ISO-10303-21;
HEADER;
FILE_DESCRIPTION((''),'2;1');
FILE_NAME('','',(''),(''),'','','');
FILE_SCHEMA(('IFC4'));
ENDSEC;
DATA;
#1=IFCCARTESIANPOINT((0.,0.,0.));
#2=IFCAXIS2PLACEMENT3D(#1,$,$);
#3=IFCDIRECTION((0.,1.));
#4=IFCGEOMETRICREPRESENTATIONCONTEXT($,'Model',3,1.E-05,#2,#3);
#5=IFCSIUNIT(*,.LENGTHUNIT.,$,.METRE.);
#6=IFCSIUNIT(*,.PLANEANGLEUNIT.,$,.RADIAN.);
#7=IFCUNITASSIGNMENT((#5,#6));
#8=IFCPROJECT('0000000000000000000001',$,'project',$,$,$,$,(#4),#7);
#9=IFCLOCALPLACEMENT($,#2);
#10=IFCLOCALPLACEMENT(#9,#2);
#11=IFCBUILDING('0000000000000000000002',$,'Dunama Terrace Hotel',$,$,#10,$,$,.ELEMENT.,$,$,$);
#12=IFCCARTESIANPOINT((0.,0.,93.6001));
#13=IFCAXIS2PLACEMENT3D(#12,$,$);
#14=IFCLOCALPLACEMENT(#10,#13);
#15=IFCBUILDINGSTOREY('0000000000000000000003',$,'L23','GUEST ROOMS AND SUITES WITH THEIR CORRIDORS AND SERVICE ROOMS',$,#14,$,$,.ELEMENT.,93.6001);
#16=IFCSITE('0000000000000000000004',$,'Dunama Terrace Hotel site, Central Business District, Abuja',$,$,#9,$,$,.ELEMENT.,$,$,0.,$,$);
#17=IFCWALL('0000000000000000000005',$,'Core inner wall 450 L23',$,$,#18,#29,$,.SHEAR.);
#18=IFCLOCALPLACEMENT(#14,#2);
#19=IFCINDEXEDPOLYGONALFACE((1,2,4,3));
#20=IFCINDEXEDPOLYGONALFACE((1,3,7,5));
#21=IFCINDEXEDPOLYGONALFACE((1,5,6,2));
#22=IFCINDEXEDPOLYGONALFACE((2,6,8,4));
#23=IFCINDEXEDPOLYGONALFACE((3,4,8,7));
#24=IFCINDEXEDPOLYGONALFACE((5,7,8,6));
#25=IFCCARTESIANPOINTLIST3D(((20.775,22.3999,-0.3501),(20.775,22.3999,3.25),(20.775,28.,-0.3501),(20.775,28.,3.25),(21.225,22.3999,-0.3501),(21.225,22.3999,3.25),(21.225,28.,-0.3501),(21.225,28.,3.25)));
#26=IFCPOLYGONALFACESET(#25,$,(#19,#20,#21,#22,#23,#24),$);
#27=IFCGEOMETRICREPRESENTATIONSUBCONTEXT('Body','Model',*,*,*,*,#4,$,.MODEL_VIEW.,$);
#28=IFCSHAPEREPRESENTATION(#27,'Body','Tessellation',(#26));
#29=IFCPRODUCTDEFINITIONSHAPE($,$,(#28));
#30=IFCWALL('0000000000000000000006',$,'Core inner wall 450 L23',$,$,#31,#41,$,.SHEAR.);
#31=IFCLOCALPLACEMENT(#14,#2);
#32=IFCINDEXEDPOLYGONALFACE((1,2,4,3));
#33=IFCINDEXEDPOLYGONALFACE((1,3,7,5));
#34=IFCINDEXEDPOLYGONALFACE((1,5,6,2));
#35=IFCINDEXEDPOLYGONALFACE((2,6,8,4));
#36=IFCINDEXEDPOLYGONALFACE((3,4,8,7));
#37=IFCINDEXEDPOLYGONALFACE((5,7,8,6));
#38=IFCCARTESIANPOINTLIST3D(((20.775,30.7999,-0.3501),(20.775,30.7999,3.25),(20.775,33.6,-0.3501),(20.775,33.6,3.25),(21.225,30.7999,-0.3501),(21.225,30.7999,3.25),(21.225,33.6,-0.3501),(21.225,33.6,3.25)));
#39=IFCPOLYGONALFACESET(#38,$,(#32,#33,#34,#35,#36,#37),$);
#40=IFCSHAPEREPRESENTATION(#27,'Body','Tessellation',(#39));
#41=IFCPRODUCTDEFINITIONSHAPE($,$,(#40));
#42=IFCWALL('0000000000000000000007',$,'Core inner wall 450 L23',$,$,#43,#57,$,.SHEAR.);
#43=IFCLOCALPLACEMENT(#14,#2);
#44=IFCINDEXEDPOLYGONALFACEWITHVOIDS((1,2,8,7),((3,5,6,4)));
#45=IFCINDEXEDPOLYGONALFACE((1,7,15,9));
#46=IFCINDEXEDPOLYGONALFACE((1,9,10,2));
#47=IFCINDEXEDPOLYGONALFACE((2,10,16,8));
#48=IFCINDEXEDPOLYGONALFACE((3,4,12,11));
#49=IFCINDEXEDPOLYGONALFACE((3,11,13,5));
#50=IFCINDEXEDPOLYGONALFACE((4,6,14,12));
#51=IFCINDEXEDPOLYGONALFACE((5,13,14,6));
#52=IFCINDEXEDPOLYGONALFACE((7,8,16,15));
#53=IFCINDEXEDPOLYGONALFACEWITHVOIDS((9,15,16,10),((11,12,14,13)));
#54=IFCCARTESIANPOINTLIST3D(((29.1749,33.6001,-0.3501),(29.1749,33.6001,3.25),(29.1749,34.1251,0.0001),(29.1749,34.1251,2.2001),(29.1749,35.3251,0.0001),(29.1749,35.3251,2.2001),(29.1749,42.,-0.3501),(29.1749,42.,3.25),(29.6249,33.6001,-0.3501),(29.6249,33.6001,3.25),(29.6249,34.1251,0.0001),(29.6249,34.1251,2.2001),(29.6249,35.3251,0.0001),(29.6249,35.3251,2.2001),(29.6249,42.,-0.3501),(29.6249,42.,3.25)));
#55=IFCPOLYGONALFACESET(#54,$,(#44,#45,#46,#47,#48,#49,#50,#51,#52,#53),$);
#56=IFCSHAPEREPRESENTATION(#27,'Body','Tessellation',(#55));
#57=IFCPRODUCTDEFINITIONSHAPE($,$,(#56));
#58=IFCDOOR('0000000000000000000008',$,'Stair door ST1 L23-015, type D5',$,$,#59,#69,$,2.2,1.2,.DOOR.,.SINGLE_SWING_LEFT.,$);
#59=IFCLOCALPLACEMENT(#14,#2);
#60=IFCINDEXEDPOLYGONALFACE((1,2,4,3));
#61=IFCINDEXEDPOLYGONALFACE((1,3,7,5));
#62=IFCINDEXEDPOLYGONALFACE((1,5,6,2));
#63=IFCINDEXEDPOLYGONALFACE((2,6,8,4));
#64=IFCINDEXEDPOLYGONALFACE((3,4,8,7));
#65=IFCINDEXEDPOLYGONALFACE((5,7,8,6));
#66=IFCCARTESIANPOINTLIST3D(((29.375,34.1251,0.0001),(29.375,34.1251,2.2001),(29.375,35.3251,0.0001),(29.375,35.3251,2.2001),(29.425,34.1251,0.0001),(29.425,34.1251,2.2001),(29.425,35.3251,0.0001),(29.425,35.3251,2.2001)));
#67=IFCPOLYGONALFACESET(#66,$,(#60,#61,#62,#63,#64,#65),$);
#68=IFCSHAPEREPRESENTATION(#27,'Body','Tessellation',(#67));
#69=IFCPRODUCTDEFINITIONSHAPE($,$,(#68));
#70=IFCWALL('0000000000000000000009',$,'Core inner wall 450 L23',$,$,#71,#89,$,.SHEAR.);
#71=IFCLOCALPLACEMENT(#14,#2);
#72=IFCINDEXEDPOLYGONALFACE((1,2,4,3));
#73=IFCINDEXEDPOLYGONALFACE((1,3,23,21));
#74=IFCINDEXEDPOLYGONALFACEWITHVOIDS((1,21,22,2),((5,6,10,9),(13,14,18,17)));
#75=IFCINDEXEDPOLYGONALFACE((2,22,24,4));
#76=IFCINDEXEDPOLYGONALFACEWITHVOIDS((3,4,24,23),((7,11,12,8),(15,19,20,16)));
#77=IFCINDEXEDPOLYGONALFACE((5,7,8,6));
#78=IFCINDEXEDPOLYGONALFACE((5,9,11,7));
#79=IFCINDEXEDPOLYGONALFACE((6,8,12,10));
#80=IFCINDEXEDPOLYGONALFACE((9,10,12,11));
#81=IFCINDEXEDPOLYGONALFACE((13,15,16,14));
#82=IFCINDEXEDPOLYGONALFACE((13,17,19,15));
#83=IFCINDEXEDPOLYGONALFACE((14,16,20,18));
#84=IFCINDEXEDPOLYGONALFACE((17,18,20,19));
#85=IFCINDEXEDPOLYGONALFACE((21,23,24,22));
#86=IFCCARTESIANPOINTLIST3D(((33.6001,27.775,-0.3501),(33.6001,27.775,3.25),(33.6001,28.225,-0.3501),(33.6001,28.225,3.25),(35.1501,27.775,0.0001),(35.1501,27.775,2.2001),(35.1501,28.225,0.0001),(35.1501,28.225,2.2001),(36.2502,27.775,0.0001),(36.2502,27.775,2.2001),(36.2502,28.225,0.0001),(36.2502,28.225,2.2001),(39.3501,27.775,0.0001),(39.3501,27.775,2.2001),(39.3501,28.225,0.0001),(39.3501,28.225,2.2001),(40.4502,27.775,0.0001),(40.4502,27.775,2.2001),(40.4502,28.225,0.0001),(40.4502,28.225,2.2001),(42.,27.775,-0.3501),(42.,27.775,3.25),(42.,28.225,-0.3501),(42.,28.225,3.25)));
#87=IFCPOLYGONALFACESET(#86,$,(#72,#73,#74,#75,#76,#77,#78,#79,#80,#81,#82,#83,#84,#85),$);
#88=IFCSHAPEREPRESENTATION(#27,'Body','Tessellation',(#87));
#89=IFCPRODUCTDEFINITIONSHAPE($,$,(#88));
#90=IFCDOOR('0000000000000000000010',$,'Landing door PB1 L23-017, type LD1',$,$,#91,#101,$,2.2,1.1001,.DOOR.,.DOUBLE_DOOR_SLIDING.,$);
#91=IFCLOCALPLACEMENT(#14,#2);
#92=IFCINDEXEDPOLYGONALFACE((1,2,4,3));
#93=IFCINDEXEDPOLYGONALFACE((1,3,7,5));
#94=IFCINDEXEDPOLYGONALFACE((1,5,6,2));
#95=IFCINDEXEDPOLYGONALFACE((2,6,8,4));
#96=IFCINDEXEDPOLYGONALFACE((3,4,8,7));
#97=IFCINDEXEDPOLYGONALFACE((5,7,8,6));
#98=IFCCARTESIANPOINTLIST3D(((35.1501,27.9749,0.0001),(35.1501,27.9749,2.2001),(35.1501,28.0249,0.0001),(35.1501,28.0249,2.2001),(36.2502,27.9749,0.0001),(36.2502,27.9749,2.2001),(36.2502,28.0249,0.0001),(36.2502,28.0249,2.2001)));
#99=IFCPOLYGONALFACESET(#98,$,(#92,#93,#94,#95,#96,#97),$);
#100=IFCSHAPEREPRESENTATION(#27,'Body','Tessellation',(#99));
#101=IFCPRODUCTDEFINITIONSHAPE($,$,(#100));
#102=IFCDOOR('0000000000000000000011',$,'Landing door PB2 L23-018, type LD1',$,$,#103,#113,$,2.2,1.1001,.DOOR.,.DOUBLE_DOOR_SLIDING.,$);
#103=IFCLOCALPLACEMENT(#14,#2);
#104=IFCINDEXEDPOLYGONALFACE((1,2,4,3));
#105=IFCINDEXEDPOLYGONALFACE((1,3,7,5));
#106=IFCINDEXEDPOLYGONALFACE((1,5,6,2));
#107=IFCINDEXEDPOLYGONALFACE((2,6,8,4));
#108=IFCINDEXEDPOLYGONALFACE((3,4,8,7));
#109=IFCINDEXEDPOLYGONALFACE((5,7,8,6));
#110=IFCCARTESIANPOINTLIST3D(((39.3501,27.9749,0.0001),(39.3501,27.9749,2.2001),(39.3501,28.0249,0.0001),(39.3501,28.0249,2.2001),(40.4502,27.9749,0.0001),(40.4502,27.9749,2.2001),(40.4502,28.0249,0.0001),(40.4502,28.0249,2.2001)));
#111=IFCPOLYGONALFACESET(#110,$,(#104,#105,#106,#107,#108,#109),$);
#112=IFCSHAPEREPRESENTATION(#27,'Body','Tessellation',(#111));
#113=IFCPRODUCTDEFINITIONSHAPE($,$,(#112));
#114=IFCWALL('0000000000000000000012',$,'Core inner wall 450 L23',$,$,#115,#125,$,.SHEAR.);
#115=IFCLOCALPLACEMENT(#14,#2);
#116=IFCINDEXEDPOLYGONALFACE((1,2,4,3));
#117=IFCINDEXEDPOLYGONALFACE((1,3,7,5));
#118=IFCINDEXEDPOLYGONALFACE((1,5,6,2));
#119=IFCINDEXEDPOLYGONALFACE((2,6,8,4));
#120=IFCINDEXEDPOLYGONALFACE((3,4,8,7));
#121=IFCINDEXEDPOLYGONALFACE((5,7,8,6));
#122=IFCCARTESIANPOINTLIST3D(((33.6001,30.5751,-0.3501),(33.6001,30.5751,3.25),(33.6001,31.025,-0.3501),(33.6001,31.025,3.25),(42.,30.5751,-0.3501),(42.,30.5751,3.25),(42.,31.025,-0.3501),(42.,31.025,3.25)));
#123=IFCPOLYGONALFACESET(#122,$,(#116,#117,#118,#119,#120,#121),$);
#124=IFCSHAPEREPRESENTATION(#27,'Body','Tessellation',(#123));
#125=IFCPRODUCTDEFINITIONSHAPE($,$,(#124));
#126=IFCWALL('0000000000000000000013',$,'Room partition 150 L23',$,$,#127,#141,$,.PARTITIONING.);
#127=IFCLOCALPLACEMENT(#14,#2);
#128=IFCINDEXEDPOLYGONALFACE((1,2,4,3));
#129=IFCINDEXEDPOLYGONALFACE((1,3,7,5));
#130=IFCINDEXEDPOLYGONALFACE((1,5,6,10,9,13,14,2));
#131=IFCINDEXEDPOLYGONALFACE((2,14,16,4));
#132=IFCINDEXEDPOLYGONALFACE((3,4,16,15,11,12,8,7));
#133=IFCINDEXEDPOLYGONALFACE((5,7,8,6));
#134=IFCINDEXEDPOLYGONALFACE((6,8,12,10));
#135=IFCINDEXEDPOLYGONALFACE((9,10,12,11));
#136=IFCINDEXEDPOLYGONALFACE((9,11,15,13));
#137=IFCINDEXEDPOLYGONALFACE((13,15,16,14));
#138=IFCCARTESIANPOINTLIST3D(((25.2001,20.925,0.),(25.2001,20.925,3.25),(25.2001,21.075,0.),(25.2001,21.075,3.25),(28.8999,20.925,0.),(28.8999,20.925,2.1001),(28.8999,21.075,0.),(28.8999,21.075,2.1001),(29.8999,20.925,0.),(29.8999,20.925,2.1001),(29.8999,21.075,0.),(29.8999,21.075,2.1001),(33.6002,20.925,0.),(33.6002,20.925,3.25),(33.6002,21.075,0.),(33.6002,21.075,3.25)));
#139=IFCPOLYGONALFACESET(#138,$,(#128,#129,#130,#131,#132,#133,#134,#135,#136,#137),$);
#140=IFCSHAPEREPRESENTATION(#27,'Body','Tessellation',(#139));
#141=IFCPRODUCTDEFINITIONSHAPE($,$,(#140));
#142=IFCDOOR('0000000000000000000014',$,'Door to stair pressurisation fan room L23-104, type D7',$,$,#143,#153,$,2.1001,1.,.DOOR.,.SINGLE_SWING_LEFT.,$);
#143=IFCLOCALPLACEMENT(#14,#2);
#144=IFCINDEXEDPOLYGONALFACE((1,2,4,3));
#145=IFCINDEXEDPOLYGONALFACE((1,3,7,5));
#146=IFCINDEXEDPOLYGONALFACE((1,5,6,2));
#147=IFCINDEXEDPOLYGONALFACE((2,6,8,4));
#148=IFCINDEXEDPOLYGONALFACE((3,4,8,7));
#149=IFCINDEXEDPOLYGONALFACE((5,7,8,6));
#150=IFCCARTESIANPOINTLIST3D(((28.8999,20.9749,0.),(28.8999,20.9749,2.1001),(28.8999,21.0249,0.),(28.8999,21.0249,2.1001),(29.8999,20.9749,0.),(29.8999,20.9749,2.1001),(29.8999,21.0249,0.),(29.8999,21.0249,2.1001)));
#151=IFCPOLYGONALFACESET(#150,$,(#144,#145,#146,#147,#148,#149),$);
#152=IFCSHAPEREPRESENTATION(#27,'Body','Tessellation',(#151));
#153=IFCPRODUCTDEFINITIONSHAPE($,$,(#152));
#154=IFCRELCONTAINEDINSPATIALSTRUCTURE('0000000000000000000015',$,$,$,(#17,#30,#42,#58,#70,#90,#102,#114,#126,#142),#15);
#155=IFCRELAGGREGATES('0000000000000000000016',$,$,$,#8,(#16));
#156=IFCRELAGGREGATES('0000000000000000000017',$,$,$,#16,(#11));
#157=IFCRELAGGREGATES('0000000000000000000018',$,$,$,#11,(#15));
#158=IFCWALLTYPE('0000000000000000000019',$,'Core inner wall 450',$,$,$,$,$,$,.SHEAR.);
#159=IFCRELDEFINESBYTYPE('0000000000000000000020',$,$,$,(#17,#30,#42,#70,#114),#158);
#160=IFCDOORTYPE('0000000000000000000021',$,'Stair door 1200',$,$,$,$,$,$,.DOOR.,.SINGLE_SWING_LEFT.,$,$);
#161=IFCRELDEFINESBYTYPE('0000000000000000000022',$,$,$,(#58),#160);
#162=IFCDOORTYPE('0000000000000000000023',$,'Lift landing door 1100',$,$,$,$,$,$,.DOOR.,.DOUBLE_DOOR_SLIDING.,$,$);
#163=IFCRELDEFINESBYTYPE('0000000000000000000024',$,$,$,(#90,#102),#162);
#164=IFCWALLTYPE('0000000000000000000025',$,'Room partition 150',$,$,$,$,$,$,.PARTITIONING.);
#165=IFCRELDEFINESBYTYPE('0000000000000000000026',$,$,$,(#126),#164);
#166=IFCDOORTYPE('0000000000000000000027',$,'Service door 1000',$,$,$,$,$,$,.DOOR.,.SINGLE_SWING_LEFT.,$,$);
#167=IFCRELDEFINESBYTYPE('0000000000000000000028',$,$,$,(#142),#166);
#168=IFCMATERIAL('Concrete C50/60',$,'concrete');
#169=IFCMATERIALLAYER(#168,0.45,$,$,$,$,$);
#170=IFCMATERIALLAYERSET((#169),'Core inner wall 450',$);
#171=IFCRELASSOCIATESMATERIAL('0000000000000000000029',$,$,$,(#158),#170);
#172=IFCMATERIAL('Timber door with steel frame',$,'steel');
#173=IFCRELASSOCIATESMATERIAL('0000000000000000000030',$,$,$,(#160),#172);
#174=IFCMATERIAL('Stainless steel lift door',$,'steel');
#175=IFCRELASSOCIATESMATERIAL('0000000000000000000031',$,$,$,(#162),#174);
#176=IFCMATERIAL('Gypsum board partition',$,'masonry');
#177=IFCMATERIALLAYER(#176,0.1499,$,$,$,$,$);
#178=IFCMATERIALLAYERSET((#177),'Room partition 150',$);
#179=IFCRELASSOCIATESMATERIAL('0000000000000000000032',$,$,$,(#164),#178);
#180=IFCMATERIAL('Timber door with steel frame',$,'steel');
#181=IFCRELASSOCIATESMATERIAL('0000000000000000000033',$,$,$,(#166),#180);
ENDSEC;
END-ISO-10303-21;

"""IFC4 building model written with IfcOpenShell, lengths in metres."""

from ifc_helpers import new_model, si_unit, direction, frame, frame_2d, origin, place, context, subcontext, project, spatial, rectangle, extrude, material, layer, layer_set, type_object, element, fill, save


model = new_model("IFC4")

# Units and contexts
model_context = context("Model", 3, precision=1e-05, world=origin(), true_north=direction((0.0, 1.0)))
body_context = subcontext(model_context, "Body", "Model", "MODEL_VIEW")
ifc_project = project(units=[si_unit("LENGTHUNIT", "METRE"), si_unit("PLANEANGLEUNIT", "RADIAN")], contexts=[model_context])

# Site, building, storey
site_placement = place(None, origin())
site = spatial("IfcSite", under=ifc_project, at=site_placement, Name="Dunama Terrace Hotel site, Central Business District, Abuja", CompositionType="ELEMENT", RefElevation=0.0)
building_placement = place(site_placement, origin())
building = spatial("IfcBuilding", under=site, at=building_placement, Name="Dunama Terrace Hotel", CompositionType="ELEMENT")
storey_placement = place(building_placement, frame((0.0, 0.0, 93.6001)))
storey = spatial("IfcBuildingStorey", under=building, at=storey_placement, Name="L23", Description="GUEST ROOMS AND SUITES WITH THEIR CORRIDORS AND SERVICE ROOMS", CompositionType="ELEMENT", Elevation=93.6001)

# Walls
ifc_material_1 = material(Name="Concrete C50/60", Category="concrete")
ifc_layer_1 = layer(ifc_material_1, 0.45)
ifc_layer_set_1 = layer_set([ifc_layer_1], Name="Core inner wall 450")
wall_type_1 = type_object("IfcWallType", Name="Core inner wall 450", PredefinedType="SHEAR", material=ifc_layer_set_1)
wall_1_placement = place(storey_placement, frame((21.0, 22.3999, -0.3501), z_axis=(0.0, 0.0, 1.0), x_axis=(0.0, 1.0, 0.0)))
element("IfcWall", 1, at=wall_1_placement, inside=storey, type_object=wall_type_1, Name="Core inner wall 450 L23", PredefinedType="SHEAR", context=body_context, shape_type="SweptSolid", body=[
    extrude(rectangle(XDim=5.6001, YDim=0.45, at=frame_2d((2.8, 0.0))), origin(), (0.0, 0.0, 1.0), 3.6001),
])
wall_2_placement = place(storey_placement, frame((21.0, 30.8, -0.3501), z_axis=(0.0, 0.0, 1.0), x_axis=(0.0, 1.0, 0.0)))
element("IfcWall", 2, at=wall_2_placement, inside=storey, type_object=wall_type_1, Name="Core inner wall 450 L23", PredefinedType="SHEAR", context=body_context, shape_type="SweptSolid", body=[
    extrude(rectangle(XDim=2.8, YDim=0.45, at=frame_2d((1.3999, 0.0))), origin(), (0.0, 0.0, 1.0), 3.6001),
])

# Wall, opening, door
wall_3_placement = place(storey_placement, frame((29.3999, 33.6001, -0.3501), z_axis=(0.0, 0.0, 1.0), x_axis=(0.0, 1.0, 0.0)))
wall_3 = element("IfcWall", 3, at=wall_3_placement, inside=storey, type_object=wall_type_1, Name="Core inner wall 450 L23", PredefinedType="SHEAR", context=body_context, shape_type="SweptSolid", body=[
    extrude(rectangle(XDim=8.3999, YDim=0.45, at=frame_2d((4.2, 0.0))), origin(), (0.0, 0.0, 1.0), 3.6001),
])
opening_1_placement = place(wall_3_placement, frame((0.5249, 0.0, 0.3501)))
opening_1 = element("IfcOpeningElement", 4, at=opening_1_placement, cuts=wall_3, PredefinedType="OPENING", context=body_context, shape_type="SweptSolid", body=[
    extrude(rectangle(XDim=1.2, YDim=2.2, at=frame_2d((0.6001, 1.1001))), frame((0.0, 0.2349, 0.0), z_axis=(0.0, -1.0, 0.0), x_axis=(1.0, 0.0, 0.0)), (0.0, 0.0, 1.0), 0.47),
])
ifc_material_2 = material(Name="Timber door with steel frame", Category="steel")
door_type_1 = type_object("IfcDoorType", Name="Stair door 1200", OperationType="SINGLE_SWING_LEFT", PredefinedType="DOOR", material=ifc_material_2)
door_1_placement = place(opening_1_placement, origin())
door_1 = element("IfcDoor", 5, at=door_1_placement, inside=storey, type_object=door_type_1, Name="Stair door ST1 L23-015, type D5", OperationType="SINGLE_SWING_LEFT", OverallHeight=2.2, OverallWidth=1.2, PredefinedType="DOOR", context=body_context, shape_type="SweptSolid", body=[
    extrude(rectangle(XDim=1.2, YDim=2.2, at=frame_2d((0.6001, 1.1001))), frame((0.0, 0.0249, 0.0), z_axis=(0.0, -1.0, 0.0), x_axis=(1.0, 0.0, 0.0)), (0.0, 0.0, 1.0), 0.05),
])
fill(opening_1, door_1)

# Wall, openings, doors
wall_4_placement = place(storey_placement, frame((33.6001, 28.0, -0.3501), z_axis=(0.0, 0.0, 1.0), x_axis=(1.0, 0.0, 0.0)))
wall_4 = element("IfcWall", 6, at=wall_4_placement, inside=storey, type_object=wall_type_1, Name="Core inner wall 450 L23", PredefinedType="SHEAR", context=body_context, shape_type="SweptSolid", body=[
    extrude(rectangle(XDim=8.3999, YDim=0.45, at=frame_2d((4.2, 0.0))), origin(), (0.0, 0.0, 1.0), 3.6001),
])
opening_2_placement = place(wall_4_placement, frame((1.55, 0.0, 0.3501)))
opening_2 = element("IfcOpeningElement", 7, at=opening_2_placement, cuts=wall_4, PredefinedType="OPENING", context=body_context, shape_type="SweptSolid", body=[
    extrude(rectangle(XDim=1.1001, YDim=2.2, at=frame_2d((0.55, 1.1001))), frame((0.0, 0.2349, 0.0), z_axis=(0.0, -1.0, 0.0), x_axis=(1.0, 0.0, 0.0)), (0.0, 0.0, 1.0), 0.47),
])
opening_3_placement = place(wall_4_placement, frame((5.75, 0.0, 0.3501)))
opening_3 = element("IfcOpeningElement", 8, at=opening_3_placement, cuts=wall_4, PredefinedType="OPENING", context=body_context, shape_type="SweptSolid", body=[
    extrude(rectangle(XDim=1.1001, YDim=2.2, at=frame_2d((0.55, 1.1001))), frame((0.0, 0.2349, 0.0), z_axis=(0.0, -1.0, 0.0), x_axis=(1.0, 0.0, 0.0)), (0.0, 0.0, 1.0), 0.47),
])
ifc_material_3 = material(Name="Stainless steel lift door", Category="steel")
door_type_2 = type_object("IfcDoorType", Name="Lift landing door 1100", OperationType="DOUBLE_DOOR_SLIDING", PredefinedType="DOOR", material=ifc_material_3)
door_2_placement = place(opening_2_placement, origin())
door_2 = element("IfcDoor", 9, at=door_2_placement, inside=storey, type_object=door_type_2, Name="Landing door PB1 L23-017, type LD1", OperationType="DOUBLE_DOOR_SLIDING", OverallHeight=2.2, OverallWidth=1.1001, PredefinedType="DOOR", context=body_context, shape_type="SweptSolid", body=[
    extrude(rectangle(XDim=1.1001, YDim=2.2, at=frame_2d((0.55, 1.1001))), frame((0.0, 0.0249, 0.0), z_axis=(0.0, -1.0, 0.0), x_axis=(1.0, 0.0, 0.0)), (0.0, 0.0, 1.0), 0.05),
])
fill(opening_2, door_2)
door_3_placement = place(opening_3_placement, origin())
door_3 = element("IfcDoor", 10, at=door_3_placement, inside=storey, type_object=door_type_2, Name="Landing door PB2 L23-018, type LD1", OperationType="DOUBLE_DOOR_SLIDING", OverallHeight=2.2, OverallWidth=1.1001, PredefinedType="DOOR", context=body_context, shape_type="SweptSolid", body=[
    extrude(rectangle(XDim=1.1001, YDim=2.2, at=frame_2d((0.55, 1.1001))), frame((0.0, 0.0249, 0.0), z_axis=(0.0, -1.0, 0.0), x_axis=(1.0, 0.0, 0.0)), (0.0, 0.0, 1.0), 0.05),
])
fill(opening_3, door_3)

# Wall
wall_5_placement = place(storey_placement, frame((33.6001, 30.8, -0.3501), z_axis=(0.0, 0.0, 1.0), x_axis=(1.0, 0.0, 0.0)))
element("IfcWall", 11, at=wall_5_placement, inside=storey, type_object=wall_type_1, Name="Core inner wall 450 L23", PredefinedType="SHEAR", context=body_context, shape_type="SweptSolid", body=[
    extrude(rectangle(XDim=8.3999, YDim=0.45, at=frame_2d((4.2, 0.0))), origin(), (0.0, 0.0, 1.0), 3.6001),
])

# Wall, opening, door
ifc_material_4 = material(Name="Gypsum board partition", Category="masonry")
ifc_layer_2 = layer(ifc_material_4, 0.1499)
ifc_layer_set_2 = layer_set([ifc_layer_2], Name="Room partition 150")
wall_type_2 = type_object("IfcWallType", Name="Room partition 150", PredefinedType="PARTITIONING", material=ifc_layer_set_2)
wall_6_placement = place(storey_placement, frame((25.2, 21.0, 0.0), z_axis=(0.0, 0.0, 1.0), x_axis=(1.0, 0.0, 0.0)))
wall_6 = element("IfcWall", 12, at=wall_6_placement, inside=storey, type_object=wall_type_2, Name="Room partition 150 L23", PredefinedType="PARTITIONING", context=body_context, shape_type="SweptSolid", body=[
    extrude(rectangle(XDim=8.4001, YDim=0.1499, at=frame_2d((4.2002, 0.0))), origin(), (0.0, 0.0, 1.0), 3.25),
])
opening_4_placement = place(wall_6_placement, frame((3.7, 0.0, 0.0)))
opening_4 = element("IfcOpeningElement", 13, at=opening_4_placement, cuts=wall_6, PredefinedType="OPENING", context=body_context, shape_type="SweptSolid", body=[
    extrude(rectangle(XDim=1.0, YDim=2.1001, at=frame_2d((0.5, 1.05))), frame((0.0, 0.085, 0.0), z_axis=(0.0, -1.0, 0.0), x_axis=(1.0, 0.0, 0.0)), (0.0, 0.0, 1.0), 0.1699),
])
ifc_material_5 = material(Name="Timber door with steel frame", Category="steel")
door_type_3 = type_object("IfcDoorType", Name="Service door 1000", OperationType="SINGLE_SWING_LEFT", PredefinedType="DOOR", material=ifc_material_5)
door_4_placement = place(opening_4_placement, origin())
door_4 = element("IfcDoor", 14, at=door_4_placement, inside=storey, type_object=door_type_3, Name="Door to stair pressurisation fan room L23-104, type D7", OperationType="SINGLE_SWING_LEFT", OverallHeight=2.1001, OverallWidth=1.0, PredefinedType="DOOR", context=body_context, shape_type="SweptSolid", body=[
    extrude(rectangle(XDim=1.0, YDim=2.1001, at=frame_2d((0.5, 1.05))), frame((0.0, 0.0249, 0.0), z_axis=(0.0, -1.0, 0.0), x_axis=(1.0, 0.0, 0.0)), (0.0, 0.0, 1.0), 0.05),
])
fill(opening_4, door_4)

save(model, "model.ifc")
